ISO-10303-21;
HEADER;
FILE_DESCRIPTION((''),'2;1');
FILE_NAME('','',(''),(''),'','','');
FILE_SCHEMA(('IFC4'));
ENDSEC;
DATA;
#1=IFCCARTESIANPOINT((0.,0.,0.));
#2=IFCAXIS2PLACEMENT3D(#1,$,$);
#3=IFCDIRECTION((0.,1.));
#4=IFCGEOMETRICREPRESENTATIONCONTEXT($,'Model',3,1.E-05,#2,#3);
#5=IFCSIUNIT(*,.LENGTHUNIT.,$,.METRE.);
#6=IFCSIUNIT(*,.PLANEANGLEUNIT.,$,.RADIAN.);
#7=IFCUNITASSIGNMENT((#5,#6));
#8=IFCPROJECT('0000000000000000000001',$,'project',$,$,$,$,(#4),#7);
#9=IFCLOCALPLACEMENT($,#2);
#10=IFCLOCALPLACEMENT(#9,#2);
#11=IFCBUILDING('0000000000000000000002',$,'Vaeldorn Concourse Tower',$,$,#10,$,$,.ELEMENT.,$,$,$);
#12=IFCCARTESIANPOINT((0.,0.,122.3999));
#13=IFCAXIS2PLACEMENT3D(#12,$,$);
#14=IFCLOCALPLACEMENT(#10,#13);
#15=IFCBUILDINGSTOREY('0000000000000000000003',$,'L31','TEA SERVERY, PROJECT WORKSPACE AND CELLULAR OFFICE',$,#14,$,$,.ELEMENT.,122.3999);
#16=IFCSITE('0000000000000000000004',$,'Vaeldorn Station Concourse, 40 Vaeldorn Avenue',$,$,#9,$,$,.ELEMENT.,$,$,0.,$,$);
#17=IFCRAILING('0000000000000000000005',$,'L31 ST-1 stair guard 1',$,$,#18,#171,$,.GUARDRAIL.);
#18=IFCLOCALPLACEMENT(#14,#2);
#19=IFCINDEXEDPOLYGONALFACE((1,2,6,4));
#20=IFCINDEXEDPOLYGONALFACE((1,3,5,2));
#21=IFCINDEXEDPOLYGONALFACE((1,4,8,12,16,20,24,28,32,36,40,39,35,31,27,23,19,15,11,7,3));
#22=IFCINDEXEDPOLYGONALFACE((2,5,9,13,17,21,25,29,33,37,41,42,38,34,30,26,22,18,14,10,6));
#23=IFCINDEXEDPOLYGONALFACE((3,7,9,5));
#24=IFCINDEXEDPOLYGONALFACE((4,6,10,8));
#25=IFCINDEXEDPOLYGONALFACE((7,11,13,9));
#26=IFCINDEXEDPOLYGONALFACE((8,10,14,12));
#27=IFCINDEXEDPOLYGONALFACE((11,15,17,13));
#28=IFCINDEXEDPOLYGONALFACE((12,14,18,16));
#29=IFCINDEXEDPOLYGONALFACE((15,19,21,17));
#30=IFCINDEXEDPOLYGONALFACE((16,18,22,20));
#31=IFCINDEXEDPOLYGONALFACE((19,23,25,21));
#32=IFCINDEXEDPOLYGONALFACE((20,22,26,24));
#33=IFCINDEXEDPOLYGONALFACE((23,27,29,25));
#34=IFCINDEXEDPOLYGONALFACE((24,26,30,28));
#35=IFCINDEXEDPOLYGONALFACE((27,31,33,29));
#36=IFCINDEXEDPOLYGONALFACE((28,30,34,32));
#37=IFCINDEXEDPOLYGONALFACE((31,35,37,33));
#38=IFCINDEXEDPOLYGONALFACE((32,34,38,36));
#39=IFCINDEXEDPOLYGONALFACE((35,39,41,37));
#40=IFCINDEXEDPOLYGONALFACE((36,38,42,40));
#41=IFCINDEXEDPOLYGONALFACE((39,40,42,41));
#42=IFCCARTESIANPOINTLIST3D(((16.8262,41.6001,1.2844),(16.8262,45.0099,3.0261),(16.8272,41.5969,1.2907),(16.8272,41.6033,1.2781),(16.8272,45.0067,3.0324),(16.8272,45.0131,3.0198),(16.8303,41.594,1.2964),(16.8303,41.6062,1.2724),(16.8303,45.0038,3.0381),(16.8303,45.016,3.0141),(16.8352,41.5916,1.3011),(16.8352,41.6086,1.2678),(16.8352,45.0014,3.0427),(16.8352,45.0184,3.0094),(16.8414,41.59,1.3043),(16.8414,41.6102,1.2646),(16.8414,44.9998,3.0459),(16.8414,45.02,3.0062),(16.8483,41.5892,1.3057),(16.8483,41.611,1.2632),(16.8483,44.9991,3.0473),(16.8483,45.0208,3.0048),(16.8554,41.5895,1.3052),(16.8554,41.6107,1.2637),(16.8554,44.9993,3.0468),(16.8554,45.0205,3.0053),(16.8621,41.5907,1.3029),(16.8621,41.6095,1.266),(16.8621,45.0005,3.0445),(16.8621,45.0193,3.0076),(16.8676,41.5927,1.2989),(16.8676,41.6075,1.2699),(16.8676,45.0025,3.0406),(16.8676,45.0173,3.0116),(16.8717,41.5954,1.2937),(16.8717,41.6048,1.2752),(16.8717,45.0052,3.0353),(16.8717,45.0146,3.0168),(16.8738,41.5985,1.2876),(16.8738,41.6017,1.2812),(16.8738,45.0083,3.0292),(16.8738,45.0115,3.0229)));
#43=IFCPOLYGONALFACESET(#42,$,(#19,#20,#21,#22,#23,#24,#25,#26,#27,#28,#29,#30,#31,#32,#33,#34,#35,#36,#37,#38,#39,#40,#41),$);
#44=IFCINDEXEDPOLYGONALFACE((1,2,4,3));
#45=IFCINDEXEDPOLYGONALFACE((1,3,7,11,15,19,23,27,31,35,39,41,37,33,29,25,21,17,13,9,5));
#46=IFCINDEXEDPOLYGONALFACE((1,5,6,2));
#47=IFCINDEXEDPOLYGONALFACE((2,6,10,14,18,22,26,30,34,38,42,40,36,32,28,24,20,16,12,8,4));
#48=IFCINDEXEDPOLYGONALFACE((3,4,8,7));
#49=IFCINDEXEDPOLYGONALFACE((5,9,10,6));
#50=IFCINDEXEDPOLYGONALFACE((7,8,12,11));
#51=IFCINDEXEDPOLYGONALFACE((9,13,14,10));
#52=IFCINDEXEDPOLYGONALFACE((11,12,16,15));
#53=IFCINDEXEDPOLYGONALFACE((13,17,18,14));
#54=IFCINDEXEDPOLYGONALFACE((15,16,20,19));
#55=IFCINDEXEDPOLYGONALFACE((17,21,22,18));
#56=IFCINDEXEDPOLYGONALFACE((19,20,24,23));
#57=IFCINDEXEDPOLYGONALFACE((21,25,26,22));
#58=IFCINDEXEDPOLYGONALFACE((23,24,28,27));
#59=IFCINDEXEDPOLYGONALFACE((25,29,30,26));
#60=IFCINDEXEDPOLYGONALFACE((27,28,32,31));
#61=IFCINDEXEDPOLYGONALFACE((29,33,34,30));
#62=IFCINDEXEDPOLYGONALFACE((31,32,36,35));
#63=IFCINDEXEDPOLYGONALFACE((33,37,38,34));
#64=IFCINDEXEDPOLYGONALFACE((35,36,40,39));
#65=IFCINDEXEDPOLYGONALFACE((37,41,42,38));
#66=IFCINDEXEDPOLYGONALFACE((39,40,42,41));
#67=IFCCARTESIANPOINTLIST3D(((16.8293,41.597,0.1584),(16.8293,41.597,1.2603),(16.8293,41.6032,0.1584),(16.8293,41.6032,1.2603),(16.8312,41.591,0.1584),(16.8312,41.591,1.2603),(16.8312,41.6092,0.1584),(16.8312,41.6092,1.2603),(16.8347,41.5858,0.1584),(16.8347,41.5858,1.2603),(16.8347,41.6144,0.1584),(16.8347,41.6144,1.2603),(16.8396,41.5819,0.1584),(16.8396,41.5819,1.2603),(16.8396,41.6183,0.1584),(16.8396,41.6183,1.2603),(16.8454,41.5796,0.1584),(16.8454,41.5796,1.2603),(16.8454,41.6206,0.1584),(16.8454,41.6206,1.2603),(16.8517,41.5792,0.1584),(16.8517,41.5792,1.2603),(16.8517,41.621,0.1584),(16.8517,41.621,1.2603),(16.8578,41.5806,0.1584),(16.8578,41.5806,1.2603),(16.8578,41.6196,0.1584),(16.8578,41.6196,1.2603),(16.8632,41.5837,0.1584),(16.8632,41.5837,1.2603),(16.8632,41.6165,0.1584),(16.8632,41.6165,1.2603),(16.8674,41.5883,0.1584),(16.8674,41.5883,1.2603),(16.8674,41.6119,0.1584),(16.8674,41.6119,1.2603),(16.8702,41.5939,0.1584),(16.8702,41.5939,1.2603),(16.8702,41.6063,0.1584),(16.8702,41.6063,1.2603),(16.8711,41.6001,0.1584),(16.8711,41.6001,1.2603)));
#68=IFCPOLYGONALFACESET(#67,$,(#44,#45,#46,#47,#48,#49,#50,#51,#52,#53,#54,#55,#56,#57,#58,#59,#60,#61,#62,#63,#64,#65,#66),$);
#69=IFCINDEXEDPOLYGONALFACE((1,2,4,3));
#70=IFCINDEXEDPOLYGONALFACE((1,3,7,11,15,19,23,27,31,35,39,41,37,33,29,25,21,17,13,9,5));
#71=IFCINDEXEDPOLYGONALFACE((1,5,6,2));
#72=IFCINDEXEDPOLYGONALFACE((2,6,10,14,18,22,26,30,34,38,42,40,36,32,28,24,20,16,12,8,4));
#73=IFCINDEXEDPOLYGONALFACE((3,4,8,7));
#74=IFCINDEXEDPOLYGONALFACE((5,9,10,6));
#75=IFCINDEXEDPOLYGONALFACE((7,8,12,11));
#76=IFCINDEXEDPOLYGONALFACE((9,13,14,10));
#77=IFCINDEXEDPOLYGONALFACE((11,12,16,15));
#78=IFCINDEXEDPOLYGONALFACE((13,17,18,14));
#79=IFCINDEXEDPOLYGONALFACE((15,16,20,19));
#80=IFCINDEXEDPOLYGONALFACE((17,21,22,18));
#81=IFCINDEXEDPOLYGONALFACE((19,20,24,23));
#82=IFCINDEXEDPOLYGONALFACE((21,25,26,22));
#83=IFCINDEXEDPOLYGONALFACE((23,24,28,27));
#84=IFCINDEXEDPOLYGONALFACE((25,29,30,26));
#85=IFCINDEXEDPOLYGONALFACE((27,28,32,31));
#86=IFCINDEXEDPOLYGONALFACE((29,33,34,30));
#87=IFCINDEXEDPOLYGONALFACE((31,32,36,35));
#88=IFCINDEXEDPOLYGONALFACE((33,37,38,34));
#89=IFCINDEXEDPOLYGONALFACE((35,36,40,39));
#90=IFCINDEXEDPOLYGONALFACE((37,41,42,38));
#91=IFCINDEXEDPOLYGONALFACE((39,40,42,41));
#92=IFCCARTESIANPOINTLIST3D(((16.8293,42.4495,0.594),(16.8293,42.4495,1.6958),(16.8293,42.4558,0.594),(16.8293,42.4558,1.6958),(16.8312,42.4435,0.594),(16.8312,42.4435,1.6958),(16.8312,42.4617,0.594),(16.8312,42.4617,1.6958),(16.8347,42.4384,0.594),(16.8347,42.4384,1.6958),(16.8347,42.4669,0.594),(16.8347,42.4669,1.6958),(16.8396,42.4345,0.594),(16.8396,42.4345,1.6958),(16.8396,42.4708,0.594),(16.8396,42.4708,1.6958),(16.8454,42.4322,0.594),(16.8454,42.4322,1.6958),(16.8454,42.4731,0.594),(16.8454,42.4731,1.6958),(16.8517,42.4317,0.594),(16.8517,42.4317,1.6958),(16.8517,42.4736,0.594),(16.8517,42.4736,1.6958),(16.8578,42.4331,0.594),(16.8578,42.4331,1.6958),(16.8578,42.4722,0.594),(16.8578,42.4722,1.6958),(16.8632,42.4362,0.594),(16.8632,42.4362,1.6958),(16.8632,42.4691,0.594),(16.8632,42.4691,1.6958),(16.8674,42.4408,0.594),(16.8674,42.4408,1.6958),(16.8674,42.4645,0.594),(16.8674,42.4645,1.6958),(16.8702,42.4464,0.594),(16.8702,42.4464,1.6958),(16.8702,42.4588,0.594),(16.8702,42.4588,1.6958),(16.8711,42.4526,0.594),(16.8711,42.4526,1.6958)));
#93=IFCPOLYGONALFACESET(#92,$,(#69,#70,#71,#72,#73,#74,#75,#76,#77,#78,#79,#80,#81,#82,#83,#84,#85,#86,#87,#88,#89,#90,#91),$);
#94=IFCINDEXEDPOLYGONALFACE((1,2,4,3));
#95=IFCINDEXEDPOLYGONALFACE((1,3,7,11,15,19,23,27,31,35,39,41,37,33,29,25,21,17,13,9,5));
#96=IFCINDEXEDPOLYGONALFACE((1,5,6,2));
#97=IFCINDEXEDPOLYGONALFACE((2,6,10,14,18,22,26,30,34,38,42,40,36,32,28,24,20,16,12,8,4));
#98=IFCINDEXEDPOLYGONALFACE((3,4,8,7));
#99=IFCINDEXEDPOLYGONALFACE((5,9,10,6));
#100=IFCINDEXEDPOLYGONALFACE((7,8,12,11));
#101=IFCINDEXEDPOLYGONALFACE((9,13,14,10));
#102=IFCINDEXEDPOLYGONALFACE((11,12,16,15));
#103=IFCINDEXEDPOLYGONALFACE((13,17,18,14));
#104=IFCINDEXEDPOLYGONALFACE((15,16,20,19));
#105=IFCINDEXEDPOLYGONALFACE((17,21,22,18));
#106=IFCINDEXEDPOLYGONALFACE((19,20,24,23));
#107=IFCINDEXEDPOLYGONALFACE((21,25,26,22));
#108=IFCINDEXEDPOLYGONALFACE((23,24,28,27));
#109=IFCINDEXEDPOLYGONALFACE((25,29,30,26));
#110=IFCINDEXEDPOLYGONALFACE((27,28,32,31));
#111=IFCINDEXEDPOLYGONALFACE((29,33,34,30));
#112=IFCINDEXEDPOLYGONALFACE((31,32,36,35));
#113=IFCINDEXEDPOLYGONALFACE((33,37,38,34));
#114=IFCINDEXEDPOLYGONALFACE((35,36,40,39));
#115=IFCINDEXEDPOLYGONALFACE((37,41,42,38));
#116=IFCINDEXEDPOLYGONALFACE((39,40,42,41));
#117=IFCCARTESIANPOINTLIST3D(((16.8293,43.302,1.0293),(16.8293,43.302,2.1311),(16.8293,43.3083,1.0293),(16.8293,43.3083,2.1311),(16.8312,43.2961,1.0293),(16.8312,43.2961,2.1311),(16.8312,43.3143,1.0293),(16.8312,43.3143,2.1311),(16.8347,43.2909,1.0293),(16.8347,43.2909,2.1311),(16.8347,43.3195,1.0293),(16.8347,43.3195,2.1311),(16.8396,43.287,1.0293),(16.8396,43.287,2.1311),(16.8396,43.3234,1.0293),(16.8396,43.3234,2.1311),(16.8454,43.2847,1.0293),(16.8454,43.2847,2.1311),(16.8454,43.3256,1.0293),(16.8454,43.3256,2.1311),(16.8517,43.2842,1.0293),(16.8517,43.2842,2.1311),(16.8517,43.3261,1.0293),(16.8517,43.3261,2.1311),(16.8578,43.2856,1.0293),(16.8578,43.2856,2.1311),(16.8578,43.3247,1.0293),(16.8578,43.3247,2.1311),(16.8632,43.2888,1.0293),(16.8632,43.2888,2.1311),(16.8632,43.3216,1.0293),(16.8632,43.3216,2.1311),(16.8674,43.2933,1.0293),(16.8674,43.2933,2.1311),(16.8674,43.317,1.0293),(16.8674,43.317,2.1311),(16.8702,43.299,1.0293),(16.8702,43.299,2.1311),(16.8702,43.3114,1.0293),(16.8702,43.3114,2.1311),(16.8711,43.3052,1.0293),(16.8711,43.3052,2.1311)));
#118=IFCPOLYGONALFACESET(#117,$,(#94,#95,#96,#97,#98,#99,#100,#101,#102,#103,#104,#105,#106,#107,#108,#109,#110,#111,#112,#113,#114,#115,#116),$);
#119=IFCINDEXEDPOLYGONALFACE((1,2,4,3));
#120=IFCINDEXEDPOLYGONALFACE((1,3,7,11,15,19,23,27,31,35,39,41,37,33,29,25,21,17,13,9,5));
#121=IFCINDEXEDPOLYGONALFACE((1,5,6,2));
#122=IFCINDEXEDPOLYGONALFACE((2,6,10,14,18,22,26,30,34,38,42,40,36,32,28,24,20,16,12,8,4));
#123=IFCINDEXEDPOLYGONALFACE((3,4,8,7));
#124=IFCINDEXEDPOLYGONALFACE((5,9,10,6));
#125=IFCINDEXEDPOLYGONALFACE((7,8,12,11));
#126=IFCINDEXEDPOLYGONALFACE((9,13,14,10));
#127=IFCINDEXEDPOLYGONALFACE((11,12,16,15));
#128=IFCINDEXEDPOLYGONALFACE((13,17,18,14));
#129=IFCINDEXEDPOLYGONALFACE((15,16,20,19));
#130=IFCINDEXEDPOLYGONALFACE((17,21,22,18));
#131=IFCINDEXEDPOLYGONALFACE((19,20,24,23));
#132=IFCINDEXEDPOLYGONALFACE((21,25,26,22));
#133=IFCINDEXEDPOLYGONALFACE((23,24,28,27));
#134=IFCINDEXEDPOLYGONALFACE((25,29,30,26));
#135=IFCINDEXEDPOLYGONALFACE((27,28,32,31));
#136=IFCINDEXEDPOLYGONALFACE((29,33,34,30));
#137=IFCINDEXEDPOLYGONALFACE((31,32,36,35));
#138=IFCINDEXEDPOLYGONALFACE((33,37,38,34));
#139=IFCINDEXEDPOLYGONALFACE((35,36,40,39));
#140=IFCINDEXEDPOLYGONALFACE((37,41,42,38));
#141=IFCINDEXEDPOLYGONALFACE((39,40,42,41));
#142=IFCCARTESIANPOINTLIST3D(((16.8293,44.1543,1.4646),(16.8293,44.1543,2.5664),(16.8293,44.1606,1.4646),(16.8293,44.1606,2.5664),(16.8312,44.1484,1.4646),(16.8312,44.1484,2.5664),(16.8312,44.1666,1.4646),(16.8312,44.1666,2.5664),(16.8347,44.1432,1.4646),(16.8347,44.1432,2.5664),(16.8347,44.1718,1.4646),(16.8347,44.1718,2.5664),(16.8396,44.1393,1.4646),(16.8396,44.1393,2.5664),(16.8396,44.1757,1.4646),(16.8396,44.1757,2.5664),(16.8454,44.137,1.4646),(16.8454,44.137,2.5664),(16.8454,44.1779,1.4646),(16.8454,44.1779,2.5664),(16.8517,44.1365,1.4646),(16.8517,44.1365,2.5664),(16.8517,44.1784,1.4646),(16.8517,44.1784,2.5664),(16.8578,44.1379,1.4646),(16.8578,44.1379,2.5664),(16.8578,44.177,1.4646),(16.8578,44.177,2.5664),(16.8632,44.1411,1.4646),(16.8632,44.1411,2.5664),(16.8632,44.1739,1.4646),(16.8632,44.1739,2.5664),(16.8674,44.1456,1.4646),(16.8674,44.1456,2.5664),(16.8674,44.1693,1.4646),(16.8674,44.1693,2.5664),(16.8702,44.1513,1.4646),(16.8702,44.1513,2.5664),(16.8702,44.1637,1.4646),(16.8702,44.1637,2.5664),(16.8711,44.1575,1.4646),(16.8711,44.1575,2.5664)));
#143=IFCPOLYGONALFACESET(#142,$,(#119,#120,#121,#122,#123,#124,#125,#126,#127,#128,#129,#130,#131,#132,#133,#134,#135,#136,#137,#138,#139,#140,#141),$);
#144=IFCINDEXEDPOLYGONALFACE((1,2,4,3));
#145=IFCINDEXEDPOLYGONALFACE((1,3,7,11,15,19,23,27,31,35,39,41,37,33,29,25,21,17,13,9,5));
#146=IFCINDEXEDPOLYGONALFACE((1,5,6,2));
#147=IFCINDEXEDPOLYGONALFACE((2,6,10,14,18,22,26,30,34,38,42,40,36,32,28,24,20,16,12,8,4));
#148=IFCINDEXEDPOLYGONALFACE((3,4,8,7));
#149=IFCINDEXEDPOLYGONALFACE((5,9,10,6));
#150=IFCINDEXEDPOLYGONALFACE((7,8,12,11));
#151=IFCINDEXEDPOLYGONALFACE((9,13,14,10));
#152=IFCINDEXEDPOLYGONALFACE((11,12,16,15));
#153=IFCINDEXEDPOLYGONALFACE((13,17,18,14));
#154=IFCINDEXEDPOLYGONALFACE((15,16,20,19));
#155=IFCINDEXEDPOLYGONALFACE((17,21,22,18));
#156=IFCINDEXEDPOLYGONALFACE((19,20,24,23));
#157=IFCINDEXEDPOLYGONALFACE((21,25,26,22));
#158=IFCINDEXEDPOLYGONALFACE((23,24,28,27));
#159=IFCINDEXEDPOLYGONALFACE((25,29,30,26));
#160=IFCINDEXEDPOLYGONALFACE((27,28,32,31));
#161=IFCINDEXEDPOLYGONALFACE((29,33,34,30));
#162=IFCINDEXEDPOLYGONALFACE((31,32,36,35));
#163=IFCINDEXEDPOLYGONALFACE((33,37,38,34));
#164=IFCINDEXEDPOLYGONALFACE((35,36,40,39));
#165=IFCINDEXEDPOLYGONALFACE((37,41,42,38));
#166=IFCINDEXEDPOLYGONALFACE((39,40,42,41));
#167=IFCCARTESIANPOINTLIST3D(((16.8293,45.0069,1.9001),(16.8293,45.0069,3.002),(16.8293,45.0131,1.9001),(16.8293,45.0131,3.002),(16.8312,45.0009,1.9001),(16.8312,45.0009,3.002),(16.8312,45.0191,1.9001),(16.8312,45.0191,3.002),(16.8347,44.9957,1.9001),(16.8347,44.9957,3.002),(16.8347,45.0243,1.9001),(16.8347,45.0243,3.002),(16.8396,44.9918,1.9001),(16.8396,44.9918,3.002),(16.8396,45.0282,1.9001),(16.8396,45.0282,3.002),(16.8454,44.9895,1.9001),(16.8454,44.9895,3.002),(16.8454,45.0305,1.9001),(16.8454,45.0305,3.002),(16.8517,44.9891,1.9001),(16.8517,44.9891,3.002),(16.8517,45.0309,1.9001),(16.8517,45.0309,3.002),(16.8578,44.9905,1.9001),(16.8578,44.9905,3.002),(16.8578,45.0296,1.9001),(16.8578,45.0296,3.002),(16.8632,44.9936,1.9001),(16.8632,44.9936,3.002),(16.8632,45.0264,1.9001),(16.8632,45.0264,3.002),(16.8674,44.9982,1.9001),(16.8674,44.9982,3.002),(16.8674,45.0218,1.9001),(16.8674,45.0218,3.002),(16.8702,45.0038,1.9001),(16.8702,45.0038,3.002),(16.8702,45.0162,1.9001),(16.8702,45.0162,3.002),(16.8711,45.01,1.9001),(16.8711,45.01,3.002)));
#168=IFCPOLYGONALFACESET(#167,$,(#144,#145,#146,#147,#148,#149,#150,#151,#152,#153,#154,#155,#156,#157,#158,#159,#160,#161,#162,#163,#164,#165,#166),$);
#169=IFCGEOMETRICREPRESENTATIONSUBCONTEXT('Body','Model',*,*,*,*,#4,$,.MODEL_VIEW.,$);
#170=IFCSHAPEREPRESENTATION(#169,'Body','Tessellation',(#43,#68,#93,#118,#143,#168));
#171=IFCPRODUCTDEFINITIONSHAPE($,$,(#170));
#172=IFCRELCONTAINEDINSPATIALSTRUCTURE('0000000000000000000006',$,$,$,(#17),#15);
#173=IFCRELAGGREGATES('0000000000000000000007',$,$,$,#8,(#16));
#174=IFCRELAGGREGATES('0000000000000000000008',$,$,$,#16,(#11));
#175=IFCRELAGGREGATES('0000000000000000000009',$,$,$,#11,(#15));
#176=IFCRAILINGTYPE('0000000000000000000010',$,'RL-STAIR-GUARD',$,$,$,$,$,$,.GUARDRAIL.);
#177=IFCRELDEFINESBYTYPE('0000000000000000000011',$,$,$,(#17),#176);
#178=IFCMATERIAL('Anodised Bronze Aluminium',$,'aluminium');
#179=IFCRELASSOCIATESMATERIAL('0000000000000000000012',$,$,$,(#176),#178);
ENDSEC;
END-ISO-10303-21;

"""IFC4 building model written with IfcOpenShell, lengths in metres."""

from ifc_helpers import new_model, si_unit, direction, frame, origin, origin_2d, place, context, subcontext, project, spatial, circle, extrude, material, type_object, element, save


model = new_model("IFC4")

# Units and contexts
model_context = context("Model", 3, precision=1e-05, world=origin(), true_north=direction((0.0, 1.0)))
body_context = subcontext(model_context, "Body", "Model", "MODEL_VIEW")
ifc_project = project(units=[si_unit("LENGTHUNIT", "METRE"), si_unit("PLANEANGLEUNIT", "RADIAN")], contexts=[model_context])

# Site, building, storey
site_placement = place(None, origin())
site = spatial("IfcSite", under=ifc_project, at=site_placement, Name="Vaeldorn Station Concourse, 40 Vaeldorn Avenue", CompositionType="ELEMENT", RefElevation=0.0)
building_placement = place(site_placement, origin())
building = spatial("IfcBuilding", under=site, at=building_placement, Name="Vaeldorn Concourse Tower", CompositionType="ELEMENT")
storey_placement = place(building_placement, frame((0.0, 0.0, 122.3999)))
storey = spatial("IfcBuildingStorey", under=building, at=storey_placement, Name="L31", Description="TEA SERVERY, PROJECT WORKSPACE AND CELLULAR OFFICE", CompositionType="ELEMENT", Elevation=122.3999)

# Shared definitions
ifc_material_1 = material(Name="Anodised Bronze Aluminium", Category="aluminium")

# Railing
railing_type_1 = type_object("IfcRailingType", Name="RL-STAIR-GUARD", PredefinedType="GUARDRAIL", material=ifc_material_1)
railing_1_placement = place(storey_placement, frame((16.8501, 41.6001, 0.1584)))
element("IfcRailing", 1, at=railing_1_placement, inside=storey, type_object=railing_type_1, Name="L31 ST-1 stair guard 1", PredefinedType="GUARDRAIL", context=body_context, shape_type="SweptSolid", body=[
    extrude(circle(Radius=0.0239, at=origin_2d()), frame((0.0, 0.0, 1.126), z_axis=(0.0, 0.890556, 0.454874), x_axis=(-1.0, 0.0, 0.0)), (0.0, 0.0, 1.0), 3.8289),
    extrude(circle(Radius=0.021, at=origin_2d()), origin(), (0.0, 0.0, 1.0), 1.1018),
    extrude(circle(Radius=0.021, at=origin_2d()), frame((0.0, 0.8525, 0.4355)), (0.0, 0.0, 1.0), 1.1018),
    extrude(circle(Radius=0.021, at=origin_2d()), frame((0.0, 1.7051, 0.8708)), (0.0, 0.0, 1.0), 1.1018),
    extrude(circle(Radius=0.021, at=origin_2d()), frame((0.0, 2.5574, 1.3062)), (0.0, 0.0, 1.0), 1.1018),
    extrude(circle(Radius=0.021, at=origin_2d()), frame((0.0, 3.4099, 1.7417)), (0.0, 0.0, 1.0), 1.1018),
])

save(model, "model.ifc")
